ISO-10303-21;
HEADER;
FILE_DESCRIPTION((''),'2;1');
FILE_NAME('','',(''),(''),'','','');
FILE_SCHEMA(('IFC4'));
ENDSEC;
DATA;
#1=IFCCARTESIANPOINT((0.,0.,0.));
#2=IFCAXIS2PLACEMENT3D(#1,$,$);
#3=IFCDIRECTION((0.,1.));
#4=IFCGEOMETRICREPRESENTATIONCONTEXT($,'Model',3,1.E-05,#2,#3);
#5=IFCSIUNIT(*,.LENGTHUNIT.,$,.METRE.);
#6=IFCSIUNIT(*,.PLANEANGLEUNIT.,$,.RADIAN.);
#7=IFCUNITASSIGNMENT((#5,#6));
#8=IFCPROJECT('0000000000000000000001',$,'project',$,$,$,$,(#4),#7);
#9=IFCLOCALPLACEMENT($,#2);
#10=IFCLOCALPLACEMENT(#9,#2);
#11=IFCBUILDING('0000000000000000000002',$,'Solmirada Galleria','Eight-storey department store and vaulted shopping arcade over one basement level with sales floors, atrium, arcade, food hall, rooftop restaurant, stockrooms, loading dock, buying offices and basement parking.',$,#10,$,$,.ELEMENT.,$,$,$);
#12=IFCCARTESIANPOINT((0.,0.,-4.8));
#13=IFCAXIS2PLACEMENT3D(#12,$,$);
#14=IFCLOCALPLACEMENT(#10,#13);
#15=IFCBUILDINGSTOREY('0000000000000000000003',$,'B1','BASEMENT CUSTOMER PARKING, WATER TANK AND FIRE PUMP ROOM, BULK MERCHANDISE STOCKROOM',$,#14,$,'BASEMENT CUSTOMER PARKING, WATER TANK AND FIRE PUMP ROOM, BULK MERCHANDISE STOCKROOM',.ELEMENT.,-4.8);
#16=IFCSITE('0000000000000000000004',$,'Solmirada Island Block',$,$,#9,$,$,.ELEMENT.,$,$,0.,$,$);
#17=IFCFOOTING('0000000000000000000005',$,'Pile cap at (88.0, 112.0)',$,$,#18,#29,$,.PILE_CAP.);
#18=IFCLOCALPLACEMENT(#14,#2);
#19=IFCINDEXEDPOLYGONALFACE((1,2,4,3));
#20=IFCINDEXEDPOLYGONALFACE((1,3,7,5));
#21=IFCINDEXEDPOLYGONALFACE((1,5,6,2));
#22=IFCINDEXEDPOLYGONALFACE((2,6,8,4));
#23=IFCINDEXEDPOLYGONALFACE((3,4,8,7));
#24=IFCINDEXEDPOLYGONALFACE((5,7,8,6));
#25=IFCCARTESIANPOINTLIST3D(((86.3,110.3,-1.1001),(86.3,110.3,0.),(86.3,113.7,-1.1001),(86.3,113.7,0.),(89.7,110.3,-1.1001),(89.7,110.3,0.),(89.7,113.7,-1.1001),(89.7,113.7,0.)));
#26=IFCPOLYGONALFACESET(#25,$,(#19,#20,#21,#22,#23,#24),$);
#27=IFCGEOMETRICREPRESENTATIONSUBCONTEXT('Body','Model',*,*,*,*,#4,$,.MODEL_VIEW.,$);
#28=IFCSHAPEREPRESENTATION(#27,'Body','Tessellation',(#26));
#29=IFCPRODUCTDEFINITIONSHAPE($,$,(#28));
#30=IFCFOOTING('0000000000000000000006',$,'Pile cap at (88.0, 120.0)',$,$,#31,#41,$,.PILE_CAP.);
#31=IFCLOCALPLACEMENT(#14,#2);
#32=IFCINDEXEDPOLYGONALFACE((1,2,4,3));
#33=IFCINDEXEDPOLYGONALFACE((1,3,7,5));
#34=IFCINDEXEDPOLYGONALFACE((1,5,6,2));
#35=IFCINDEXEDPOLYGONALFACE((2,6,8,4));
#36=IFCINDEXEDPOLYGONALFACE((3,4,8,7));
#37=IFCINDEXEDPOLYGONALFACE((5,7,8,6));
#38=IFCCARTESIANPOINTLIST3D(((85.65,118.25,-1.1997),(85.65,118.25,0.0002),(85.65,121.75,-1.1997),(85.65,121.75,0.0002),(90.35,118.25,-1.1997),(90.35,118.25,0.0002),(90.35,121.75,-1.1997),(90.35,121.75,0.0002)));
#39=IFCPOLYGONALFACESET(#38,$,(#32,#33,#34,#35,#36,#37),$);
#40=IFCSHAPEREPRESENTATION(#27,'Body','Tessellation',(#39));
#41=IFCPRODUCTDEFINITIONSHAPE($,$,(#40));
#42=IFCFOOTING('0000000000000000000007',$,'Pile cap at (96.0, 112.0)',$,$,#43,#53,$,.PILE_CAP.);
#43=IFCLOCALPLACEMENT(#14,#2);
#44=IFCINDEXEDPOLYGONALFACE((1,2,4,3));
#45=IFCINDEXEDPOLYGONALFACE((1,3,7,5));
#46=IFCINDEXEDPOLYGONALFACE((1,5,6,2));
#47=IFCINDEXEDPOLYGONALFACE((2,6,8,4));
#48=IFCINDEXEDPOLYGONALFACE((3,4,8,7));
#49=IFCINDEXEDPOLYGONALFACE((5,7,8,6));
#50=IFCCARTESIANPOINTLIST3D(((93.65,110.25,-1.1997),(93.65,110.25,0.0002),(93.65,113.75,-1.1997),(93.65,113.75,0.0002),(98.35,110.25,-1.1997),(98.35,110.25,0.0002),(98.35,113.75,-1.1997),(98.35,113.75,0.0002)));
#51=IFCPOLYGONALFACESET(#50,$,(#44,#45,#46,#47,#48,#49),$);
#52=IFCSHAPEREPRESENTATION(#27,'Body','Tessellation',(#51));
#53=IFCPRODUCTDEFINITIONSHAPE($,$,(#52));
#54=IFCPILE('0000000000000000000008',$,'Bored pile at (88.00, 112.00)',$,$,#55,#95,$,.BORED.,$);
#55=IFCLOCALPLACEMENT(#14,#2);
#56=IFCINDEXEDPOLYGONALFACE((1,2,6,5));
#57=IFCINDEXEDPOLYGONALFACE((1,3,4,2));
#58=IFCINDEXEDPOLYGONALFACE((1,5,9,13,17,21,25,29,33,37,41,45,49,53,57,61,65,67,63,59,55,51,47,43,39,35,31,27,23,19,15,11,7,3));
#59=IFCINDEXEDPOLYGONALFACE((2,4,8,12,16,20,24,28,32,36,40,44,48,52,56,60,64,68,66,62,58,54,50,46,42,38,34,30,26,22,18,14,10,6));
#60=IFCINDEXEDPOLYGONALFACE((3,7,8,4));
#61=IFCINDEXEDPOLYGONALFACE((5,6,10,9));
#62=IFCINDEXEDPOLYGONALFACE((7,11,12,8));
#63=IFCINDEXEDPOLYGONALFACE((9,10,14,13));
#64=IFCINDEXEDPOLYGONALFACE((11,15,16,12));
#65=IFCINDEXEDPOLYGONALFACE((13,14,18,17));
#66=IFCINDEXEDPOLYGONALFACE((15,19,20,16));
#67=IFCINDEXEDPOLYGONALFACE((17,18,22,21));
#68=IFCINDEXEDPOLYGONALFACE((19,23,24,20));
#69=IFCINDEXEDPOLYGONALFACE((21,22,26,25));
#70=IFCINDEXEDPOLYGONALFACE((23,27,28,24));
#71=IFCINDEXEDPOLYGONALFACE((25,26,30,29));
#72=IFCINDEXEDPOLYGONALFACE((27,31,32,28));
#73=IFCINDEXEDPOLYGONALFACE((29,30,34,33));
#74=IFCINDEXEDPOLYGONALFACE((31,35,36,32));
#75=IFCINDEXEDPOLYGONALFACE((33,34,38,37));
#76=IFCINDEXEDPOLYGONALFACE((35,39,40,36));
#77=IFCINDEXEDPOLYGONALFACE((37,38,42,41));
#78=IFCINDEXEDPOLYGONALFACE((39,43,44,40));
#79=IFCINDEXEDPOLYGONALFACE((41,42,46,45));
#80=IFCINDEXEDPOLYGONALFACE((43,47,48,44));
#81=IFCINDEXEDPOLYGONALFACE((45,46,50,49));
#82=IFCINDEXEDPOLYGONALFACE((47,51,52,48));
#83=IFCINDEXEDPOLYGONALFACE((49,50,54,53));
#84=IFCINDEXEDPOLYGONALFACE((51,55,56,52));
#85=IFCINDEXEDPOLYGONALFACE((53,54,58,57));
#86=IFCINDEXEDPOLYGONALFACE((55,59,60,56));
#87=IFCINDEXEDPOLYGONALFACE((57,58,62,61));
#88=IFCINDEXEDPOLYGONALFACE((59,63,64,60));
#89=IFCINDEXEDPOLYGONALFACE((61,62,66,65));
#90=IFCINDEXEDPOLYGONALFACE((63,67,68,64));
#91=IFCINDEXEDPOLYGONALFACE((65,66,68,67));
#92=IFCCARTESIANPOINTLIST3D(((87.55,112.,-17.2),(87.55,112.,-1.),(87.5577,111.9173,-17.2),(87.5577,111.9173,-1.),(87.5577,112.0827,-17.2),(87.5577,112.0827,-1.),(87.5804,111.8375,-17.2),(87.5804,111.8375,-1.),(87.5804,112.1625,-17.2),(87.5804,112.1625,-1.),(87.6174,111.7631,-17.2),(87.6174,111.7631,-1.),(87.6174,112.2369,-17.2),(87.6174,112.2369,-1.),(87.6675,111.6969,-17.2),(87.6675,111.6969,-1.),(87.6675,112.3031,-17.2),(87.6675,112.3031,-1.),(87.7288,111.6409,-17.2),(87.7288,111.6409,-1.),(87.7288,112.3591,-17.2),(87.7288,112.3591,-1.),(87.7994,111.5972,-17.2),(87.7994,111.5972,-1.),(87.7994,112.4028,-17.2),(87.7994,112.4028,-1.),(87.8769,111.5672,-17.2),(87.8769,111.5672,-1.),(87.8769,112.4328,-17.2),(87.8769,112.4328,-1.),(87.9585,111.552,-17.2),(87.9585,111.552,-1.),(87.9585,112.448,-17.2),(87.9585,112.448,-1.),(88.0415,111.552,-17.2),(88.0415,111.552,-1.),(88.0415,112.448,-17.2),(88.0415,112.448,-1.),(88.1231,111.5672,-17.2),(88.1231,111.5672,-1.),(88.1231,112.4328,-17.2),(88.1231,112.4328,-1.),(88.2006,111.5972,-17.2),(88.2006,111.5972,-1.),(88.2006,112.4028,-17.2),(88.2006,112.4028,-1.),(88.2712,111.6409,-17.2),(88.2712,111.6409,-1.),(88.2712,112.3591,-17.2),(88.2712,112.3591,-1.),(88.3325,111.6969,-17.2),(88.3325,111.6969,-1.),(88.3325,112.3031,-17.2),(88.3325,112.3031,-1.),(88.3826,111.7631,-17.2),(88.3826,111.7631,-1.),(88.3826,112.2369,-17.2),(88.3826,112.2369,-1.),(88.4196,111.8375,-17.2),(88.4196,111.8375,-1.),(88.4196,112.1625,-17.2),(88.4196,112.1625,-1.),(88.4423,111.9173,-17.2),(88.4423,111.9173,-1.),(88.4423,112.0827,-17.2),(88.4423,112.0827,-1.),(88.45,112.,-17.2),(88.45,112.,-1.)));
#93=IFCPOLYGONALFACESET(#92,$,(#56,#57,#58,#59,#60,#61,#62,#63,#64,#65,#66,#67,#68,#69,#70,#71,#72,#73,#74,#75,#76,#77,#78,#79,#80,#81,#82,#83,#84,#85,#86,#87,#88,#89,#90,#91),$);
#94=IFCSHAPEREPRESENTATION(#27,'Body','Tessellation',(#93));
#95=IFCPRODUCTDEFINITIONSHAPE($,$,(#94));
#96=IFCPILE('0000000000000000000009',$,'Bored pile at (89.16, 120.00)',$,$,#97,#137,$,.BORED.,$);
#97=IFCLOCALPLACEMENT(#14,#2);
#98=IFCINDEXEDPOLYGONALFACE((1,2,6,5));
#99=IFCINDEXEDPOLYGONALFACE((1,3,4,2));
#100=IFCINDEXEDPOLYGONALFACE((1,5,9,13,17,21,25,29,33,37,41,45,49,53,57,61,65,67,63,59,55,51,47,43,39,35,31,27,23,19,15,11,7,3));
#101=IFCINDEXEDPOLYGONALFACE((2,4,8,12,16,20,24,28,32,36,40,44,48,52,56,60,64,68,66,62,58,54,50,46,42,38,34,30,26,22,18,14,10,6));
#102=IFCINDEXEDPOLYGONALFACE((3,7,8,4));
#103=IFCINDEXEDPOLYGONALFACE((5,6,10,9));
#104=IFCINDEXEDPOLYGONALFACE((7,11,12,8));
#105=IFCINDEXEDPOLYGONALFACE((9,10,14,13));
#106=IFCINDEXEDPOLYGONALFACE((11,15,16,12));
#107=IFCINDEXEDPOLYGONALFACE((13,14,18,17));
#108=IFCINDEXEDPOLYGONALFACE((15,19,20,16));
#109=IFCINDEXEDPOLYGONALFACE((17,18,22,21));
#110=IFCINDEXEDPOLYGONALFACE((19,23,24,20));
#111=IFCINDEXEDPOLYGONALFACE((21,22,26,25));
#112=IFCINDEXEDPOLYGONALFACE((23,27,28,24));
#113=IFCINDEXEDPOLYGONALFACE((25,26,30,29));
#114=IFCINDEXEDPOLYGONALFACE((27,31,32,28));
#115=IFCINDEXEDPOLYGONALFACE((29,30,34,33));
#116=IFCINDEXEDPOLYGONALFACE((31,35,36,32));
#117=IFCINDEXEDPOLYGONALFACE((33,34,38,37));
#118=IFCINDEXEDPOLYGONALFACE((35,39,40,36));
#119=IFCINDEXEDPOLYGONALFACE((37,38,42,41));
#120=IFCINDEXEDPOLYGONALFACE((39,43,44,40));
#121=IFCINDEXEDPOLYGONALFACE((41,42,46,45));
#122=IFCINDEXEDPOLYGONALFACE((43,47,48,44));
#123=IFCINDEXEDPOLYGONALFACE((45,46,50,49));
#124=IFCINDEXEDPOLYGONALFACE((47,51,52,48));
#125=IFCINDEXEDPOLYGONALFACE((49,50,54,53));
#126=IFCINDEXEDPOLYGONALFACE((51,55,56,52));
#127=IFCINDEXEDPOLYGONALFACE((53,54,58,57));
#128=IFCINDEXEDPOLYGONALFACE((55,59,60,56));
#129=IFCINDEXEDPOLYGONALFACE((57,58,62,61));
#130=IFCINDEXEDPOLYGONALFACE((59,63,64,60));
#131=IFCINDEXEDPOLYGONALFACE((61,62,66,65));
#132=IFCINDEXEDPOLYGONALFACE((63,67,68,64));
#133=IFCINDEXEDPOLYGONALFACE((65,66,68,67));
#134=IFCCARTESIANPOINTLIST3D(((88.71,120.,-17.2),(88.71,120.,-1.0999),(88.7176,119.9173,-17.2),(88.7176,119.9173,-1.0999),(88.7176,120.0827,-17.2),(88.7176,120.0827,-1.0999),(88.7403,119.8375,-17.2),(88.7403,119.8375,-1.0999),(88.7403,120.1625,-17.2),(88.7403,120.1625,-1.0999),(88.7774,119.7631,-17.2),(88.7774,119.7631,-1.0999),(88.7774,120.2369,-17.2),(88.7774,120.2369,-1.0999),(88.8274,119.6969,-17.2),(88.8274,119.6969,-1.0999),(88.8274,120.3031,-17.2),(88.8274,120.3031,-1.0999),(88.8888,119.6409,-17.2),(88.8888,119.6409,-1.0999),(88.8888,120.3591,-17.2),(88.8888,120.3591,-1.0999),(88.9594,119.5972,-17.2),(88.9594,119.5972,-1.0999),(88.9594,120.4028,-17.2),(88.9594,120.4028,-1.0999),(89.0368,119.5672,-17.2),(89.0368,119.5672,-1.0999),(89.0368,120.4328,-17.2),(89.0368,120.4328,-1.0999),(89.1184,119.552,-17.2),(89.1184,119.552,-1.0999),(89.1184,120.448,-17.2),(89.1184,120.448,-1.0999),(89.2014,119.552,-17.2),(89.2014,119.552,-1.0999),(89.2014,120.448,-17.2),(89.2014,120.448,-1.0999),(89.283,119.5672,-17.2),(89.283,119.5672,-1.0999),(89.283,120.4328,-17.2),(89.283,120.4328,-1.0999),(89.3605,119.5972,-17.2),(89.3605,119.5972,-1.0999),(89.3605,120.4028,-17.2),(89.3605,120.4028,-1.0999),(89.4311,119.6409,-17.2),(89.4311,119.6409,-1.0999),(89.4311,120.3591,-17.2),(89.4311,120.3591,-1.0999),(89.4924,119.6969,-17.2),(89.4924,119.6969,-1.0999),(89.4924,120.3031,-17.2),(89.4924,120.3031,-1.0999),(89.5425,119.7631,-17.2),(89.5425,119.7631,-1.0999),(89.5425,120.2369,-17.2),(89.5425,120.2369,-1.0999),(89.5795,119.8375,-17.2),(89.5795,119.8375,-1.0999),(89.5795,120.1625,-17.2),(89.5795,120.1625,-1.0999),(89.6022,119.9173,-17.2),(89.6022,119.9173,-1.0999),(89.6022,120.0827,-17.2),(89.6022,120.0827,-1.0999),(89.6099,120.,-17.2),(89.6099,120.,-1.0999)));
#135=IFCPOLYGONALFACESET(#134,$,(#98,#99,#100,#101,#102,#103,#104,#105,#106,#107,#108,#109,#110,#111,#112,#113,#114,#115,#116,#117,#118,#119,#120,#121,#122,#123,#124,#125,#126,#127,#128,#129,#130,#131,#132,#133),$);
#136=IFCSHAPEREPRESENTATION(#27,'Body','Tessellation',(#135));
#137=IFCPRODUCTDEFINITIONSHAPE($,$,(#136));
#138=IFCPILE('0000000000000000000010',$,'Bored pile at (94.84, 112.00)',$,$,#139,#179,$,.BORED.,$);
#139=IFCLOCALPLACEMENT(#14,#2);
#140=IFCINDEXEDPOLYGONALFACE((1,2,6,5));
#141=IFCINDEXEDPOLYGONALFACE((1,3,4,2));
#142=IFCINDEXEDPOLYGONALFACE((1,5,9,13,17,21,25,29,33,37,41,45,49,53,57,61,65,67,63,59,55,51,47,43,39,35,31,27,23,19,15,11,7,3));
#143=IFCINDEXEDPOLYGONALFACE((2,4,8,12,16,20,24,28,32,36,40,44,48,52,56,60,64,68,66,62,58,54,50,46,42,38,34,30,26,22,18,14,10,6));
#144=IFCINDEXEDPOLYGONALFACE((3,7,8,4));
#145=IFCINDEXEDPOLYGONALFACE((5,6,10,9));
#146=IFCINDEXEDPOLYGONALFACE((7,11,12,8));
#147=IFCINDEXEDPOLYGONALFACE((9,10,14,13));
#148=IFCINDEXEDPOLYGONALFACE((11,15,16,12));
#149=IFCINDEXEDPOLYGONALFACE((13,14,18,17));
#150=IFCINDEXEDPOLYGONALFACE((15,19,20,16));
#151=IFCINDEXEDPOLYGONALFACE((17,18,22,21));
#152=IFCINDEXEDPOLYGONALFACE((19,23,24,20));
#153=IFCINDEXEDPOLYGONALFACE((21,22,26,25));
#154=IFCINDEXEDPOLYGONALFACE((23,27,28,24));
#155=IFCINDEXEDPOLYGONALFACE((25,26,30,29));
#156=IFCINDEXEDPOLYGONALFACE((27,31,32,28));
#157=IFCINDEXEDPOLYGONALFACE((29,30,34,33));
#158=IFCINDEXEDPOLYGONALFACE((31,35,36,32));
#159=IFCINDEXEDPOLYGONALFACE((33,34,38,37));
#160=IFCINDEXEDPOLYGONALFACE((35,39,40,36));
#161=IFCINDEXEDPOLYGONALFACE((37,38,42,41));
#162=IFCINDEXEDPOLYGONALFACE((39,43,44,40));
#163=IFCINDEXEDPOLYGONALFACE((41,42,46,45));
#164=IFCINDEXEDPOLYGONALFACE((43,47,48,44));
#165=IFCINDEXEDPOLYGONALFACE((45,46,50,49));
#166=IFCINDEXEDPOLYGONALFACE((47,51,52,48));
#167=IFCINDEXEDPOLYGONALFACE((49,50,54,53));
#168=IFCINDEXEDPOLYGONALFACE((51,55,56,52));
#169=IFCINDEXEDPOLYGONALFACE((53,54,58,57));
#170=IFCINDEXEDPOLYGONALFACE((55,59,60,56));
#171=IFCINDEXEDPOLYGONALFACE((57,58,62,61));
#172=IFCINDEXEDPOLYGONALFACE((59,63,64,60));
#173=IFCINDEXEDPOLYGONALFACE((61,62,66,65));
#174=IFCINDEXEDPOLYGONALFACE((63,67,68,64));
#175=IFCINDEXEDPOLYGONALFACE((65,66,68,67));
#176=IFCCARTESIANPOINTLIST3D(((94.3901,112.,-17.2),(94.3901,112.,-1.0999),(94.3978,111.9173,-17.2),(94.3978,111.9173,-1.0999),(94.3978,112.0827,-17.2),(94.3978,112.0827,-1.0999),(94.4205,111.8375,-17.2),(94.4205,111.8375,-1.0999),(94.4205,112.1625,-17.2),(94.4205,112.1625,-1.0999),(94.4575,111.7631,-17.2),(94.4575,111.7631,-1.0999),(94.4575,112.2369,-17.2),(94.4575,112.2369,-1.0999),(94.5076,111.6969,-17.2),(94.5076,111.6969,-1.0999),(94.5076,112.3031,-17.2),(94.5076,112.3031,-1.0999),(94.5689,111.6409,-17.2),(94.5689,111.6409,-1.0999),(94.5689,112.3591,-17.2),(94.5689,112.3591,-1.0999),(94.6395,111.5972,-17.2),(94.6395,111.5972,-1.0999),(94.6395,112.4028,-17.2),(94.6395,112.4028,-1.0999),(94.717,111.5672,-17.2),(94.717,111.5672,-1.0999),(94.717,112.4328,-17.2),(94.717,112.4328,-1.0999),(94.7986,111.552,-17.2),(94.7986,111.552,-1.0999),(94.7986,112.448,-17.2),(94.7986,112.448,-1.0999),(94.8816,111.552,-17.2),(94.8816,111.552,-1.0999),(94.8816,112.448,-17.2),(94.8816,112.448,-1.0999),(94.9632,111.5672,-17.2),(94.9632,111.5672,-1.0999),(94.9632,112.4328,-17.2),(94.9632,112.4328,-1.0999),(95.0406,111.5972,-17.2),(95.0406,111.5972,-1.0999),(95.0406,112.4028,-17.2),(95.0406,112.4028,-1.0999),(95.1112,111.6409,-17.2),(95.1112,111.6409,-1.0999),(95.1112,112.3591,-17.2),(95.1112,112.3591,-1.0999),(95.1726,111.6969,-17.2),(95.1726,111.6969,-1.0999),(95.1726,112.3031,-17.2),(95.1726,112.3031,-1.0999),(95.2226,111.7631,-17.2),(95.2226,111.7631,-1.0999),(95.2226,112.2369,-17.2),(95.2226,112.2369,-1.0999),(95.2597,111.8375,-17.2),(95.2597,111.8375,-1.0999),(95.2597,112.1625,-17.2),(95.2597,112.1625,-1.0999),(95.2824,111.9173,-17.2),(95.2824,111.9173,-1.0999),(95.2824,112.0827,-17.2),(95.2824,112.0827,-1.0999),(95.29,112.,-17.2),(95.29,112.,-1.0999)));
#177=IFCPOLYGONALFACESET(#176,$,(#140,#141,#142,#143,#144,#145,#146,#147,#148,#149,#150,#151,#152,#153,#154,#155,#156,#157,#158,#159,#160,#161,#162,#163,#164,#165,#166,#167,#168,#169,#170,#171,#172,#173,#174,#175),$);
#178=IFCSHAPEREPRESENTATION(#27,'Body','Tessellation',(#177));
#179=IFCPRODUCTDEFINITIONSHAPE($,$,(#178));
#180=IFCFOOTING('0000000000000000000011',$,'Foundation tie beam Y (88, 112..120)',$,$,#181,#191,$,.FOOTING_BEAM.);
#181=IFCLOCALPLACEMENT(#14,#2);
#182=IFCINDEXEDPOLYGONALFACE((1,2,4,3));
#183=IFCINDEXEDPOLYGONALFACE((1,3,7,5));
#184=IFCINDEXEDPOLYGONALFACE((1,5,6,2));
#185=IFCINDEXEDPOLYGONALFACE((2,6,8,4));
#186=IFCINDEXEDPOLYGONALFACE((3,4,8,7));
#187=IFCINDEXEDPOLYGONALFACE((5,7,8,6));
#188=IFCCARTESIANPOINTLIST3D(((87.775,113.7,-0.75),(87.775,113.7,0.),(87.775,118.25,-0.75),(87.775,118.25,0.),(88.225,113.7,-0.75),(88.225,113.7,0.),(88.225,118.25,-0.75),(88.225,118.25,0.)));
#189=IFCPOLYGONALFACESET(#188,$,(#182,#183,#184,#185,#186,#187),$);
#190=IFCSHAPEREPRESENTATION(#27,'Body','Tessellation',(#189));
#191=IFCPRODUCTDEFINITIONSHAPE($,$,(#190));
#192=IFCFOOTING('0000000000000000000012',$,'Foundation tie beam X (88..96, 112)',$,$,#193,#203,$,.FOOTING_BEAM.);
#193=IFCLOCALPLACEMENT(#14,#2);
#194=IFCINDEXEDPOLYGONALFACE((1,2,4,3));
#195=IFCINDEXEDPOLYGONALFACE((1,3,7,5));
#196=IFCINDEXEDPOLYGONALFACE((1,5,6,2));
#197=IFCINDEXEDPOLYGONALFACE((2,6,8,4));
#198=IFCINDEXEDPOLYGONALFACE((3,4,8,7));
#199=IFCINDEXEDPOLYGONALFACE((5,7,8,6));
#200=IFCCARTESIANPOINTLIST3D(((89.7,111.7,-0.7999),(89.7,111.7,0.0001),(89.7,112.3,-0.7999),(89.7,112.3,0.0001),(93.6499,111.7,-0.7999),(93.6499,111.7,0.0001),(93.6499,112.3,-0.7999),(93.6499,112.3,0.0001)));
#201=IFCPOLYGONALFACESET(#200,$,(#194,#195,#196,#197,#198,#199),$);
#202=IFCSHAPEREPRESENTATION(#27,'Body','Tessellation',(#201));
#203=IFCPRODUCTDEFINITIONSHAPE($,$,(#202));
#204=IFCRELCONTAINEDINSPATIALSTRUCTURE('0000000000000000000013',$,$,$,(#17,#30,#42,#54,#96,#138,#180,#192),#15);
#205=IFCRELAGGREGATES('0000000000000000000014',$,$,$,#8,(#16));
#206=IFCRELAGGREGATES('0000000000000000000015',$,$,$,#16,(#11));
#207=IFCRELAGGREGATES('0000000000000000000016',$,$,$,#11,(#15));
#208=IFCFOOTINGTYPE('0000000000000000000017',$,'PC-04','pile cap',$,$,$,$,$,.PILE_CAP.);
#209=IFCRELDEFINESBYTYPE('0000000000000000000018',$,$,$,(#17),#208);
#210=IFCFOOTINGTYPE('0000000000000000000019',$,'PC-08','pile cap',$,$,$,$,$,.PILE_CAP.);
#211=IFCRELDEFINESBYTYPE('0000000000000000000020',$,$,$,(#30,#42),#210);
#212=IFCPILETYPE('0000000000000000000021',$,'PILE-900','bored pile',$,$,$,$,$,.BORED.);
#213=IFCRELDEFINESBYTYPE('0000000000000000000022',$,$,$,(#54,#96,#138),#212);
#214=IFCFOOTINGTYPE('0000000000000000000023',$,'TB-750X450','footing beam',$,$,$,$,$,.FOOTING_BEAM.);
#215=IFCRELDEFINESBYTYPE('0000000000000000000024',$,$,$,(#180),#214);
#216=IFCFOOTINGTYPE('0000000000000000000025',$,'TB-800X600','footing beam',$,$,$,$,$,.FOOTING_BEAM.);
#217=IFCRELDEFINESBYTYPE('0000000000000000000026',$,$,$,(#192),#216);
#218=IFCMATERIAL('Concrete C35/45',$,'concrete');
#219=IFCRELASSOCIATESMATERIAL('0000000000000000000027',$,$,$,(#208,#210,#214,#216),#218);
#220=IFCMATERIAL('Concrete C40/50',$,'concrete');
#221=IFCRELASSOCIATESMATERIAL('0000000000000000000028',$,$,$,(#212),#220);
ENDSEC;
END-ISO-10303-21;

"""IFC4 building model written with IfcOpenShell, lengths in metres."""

from ifc_helpers import new_model, si_unit, direction, frame, origin, origin_2d, place, context, subcontext, project, spatial, rectangle, circle, extrude, material, material_profile, profile_set, type_object, element, save


model = new_model("IFC4")

# Units and contexts
model_context = context("Model", 3, precision=1e-05, world=origin(), true_north=direction((0.0, 1.0)))
body_context = subcontext(model_context, "Body", "Model", "MODEL_VIEW")
ifc_project = project(units=[si_unit("LENGTHUNIT", "METRE"), si_unit("PLANEANGLEUNIT", "RADIAN")], contexts=[model_context])

# Site, building, storey
site_placement = place(None, origin())
site = spatial("IfcSite", under=ifc_project, at=site_placement, Name="Solmirada Island Block", CompositionType="ELEMENT", RefElevation=0.0)
building_placement = place(site_placement, origin())
building = spatial("IfcBuilding", under=site, at=building_placement, Name="Solmirada Galleria", Description="Eight-storey department store and vaulted shopping arcade over one basement level with sales floors, atrium, arcade, food hall, rooftop restaurant, stockrooms, loading dock, buying offices and basement parking.", CompositionType="ELEMENT")
storey_placement = place(building_placement, frame((0.0, 0.0, -4.8)))
storey = spatial("IfcBuildingStorey", under=building, at=storey_placement, Name="B1", Description="BASEMENT CUSTOMER PARKING, WATER TANK AND FIRE PUMP ROOM, BULK MERCHANDISE STOCKROOM", LongName="BASEMENT CUSTOMER PARKING, WATER TANK AND FIRE PUMP ROOM, BULK MERCHANDISE STOCKROOM", CompositionType="ELEMENT", Elevation=-4.8)

# Footings
ifc_material_1 = material(Name="Concrete C35/45", Category="concrete")
footing_type_1 = type_object("IfcFootingType", Name="PC-04", Description="pile cap", PredefinedType="PILE_CAP", material=ifc_material_1)
footing_1_placement = place(storey_placement, frame((88.0, 112.0, -1.1001), z_axis=(0.0, 0.0, 1.0), x_axis=(1.0, 0.0, 0.0)))
element("IfcFooting", 1, at=footing_1_placement, inside=storey, type_object=footing_type_1, Name="Pile cap at (88.0, 112.0)", PredefinedType="PILE_CAP", context=body_context, shape_type="SweptSolid", body=[
    extrude(rectangle(XDim=3.3999, YDim=3.3999, at=origin_2d()), origin(), (0.0, 0.0, 1.0), 1.1001),
])
footing_type_2 = type_object("IfcFootingType", Name="PC-08", Description="pile cap", PredefinedType="PILE_CAP", material=ifc_material_1)
for number, where, z_axis, x_axis, name in (
    (2, (88.0, 120.0, -1.1997), (0.0, 0.0, 1.0), (1.0, 0.0, 0.0), "Pile cap at (88.0, 120.0)"),
    (3, (96.0, 112.0, -1.1997), (0.0, 0.0, 1.0), (1.0, 0.0, 0.0), "Pile cap at (96.0, 112.0)"),
):
    element("IfcFooting", number, at=place(storey_placement, frame(where, z_axis=z_axis, x_axis=x_axis)), inside=storey, type_object=footing_type_2, Name=name, PredefinedType="PILE_CAP", context=body_context, shape_type="SweptSolid", body=[
        extrude(rectangle(XDim=4.7, YDim=3.5, at=origin_2d()), origin(), (0.0, 0.0, 1.0), 1.2),
    ])

# Piles
ifc_material_2 = material(Name="Concrete C40/50", Category="concrete")
ifc_material_profile_1 = material_profile(ifc_material_2, circle(Radius=0.45, at=origin_2d()), Name="PILE900")
ifc_profile_set_1 = profile_set([ifc_material_profile_1], Name="Concrete C40/50")
pile_type = type_object("IfcPileType", Name="PILE-900", Description="bored pile", PredefinedType="BORED", material=ifc_profile_set_1)
pile_placement = place(storey_placement, frame((88.0, 112.0, -1.0), z_axis=(0.0, 0.0, -1.0), x_axis=(1.0, 0.0, 0.0)))
element("IfcPile", 4, at=pile_placement, inside=storey, type_object=pile_type, Name="Bored pile at (88.00, 112.00)", PredefinedType="BORED", context=body_context, shape_type="SweptSolid", body=[
    extrude(circle(Radius=0.45, at=origin_2d()), origin(), (0.0, 0.0, 1.0), 16.2),
])
for number, where, z_axis, x_axis, name in (
    (5, (89.1599, 120.0, -1.0999), (0.0, 0.0, -1.0), (1.0, 0.0, 0.0), "Bored pile at (89.16, 120.00)"),
    (6, (94.8401, 112.0, -1.0999), (0.0, 0.0, -1.0), (1.0, 0.0, 0.0), "Bored pile at (94.84, 112.00)"),
):
    element("IfcPile", number, at=place(storey_placement, frame(where, z_axis=z_axis, x_axis=x_axis)), inside=storey, type_object=pile_type, Name=name, PredefinedType="BORED", context=body_context, shape_type="SweptSolid", body=[
        extrude(circle(Radius=0.45, at=origin_2d()), origin(), (0.0, 0.0, 1.0), 16.1001),
    ])

# Footings
ifc_material_profile_2 = material_profile(ifc_material_1, rectangle(XDim=0.45, YDim=0.75, at=origin_2d()), Name="RC750X450")
ifc_profile_set_2 = profile_set([ifc_material_profile_2], Name="Concrete C35/45")
footing_type_3 = type_object("IfcFootingType", Name="TB-750X450", Description="footing beam", PredefinedType="FOOTING_BEAM", material=ifc_profile_set_2)
footing_2_placement = place(storey_placement, frame((88.0, 113.7, -0.375), z_axis=(0.0, 1.0, 0.0), x_axis=(-1.0, 0.0, 0.0)))
element("IfcFooting", 7, at=footing_2_placement, inside=storey, type_object=footing_type_3, Name="Foundation tie beam Y (88, 112..120)", PredefinedType="FOOTING_BEAM", context=body_context, shape_type="SweptSolid", body=[
    extrude(rectangle(XDim=0.45, YDim=0.75, at=origin_2d()), origin(), (0.0, 0.0, 1.0), 4.55),
])
ifc_material_profile_3 = material_profile(ifc_material_1, rectangle(XDim=0.6001, YDim=0.8, at=origin_2d()), Name="RC800X600")
ifc_profile_set_3 = profile_set([ifc_material_profile_3], Name="Concrete C35/45")
footing_type_4 = type_object("IfcFootingType", Name="TB-800X600", Description="footing beam", PredefinedType="FOOTING_BEAM", material=ifc_profile_set_3)
footing_3_placement = place(storey_placement, frame((89.7, 112.0, -0.3999), z_axis=(1.0, 0.0, 0.0), x_axis=(0.0, 1.0, 0.0)))
element("IfcFooting", 8, at=footing_3_placement, inside=storey, type_object=footing_type_4, Name="Foundation tie beam X (88..96, 112)", PredefinedType="FOOTING_BEAM", context=body_context, shape_type="SweptSolid", body=[
    extrude(rectangle(XDim=0.6001, YDim=0.8, at=origin_2d()), origin(), (0.0, 0.0, 1.0), 3.95),
])

save(model, "model.ifc")
